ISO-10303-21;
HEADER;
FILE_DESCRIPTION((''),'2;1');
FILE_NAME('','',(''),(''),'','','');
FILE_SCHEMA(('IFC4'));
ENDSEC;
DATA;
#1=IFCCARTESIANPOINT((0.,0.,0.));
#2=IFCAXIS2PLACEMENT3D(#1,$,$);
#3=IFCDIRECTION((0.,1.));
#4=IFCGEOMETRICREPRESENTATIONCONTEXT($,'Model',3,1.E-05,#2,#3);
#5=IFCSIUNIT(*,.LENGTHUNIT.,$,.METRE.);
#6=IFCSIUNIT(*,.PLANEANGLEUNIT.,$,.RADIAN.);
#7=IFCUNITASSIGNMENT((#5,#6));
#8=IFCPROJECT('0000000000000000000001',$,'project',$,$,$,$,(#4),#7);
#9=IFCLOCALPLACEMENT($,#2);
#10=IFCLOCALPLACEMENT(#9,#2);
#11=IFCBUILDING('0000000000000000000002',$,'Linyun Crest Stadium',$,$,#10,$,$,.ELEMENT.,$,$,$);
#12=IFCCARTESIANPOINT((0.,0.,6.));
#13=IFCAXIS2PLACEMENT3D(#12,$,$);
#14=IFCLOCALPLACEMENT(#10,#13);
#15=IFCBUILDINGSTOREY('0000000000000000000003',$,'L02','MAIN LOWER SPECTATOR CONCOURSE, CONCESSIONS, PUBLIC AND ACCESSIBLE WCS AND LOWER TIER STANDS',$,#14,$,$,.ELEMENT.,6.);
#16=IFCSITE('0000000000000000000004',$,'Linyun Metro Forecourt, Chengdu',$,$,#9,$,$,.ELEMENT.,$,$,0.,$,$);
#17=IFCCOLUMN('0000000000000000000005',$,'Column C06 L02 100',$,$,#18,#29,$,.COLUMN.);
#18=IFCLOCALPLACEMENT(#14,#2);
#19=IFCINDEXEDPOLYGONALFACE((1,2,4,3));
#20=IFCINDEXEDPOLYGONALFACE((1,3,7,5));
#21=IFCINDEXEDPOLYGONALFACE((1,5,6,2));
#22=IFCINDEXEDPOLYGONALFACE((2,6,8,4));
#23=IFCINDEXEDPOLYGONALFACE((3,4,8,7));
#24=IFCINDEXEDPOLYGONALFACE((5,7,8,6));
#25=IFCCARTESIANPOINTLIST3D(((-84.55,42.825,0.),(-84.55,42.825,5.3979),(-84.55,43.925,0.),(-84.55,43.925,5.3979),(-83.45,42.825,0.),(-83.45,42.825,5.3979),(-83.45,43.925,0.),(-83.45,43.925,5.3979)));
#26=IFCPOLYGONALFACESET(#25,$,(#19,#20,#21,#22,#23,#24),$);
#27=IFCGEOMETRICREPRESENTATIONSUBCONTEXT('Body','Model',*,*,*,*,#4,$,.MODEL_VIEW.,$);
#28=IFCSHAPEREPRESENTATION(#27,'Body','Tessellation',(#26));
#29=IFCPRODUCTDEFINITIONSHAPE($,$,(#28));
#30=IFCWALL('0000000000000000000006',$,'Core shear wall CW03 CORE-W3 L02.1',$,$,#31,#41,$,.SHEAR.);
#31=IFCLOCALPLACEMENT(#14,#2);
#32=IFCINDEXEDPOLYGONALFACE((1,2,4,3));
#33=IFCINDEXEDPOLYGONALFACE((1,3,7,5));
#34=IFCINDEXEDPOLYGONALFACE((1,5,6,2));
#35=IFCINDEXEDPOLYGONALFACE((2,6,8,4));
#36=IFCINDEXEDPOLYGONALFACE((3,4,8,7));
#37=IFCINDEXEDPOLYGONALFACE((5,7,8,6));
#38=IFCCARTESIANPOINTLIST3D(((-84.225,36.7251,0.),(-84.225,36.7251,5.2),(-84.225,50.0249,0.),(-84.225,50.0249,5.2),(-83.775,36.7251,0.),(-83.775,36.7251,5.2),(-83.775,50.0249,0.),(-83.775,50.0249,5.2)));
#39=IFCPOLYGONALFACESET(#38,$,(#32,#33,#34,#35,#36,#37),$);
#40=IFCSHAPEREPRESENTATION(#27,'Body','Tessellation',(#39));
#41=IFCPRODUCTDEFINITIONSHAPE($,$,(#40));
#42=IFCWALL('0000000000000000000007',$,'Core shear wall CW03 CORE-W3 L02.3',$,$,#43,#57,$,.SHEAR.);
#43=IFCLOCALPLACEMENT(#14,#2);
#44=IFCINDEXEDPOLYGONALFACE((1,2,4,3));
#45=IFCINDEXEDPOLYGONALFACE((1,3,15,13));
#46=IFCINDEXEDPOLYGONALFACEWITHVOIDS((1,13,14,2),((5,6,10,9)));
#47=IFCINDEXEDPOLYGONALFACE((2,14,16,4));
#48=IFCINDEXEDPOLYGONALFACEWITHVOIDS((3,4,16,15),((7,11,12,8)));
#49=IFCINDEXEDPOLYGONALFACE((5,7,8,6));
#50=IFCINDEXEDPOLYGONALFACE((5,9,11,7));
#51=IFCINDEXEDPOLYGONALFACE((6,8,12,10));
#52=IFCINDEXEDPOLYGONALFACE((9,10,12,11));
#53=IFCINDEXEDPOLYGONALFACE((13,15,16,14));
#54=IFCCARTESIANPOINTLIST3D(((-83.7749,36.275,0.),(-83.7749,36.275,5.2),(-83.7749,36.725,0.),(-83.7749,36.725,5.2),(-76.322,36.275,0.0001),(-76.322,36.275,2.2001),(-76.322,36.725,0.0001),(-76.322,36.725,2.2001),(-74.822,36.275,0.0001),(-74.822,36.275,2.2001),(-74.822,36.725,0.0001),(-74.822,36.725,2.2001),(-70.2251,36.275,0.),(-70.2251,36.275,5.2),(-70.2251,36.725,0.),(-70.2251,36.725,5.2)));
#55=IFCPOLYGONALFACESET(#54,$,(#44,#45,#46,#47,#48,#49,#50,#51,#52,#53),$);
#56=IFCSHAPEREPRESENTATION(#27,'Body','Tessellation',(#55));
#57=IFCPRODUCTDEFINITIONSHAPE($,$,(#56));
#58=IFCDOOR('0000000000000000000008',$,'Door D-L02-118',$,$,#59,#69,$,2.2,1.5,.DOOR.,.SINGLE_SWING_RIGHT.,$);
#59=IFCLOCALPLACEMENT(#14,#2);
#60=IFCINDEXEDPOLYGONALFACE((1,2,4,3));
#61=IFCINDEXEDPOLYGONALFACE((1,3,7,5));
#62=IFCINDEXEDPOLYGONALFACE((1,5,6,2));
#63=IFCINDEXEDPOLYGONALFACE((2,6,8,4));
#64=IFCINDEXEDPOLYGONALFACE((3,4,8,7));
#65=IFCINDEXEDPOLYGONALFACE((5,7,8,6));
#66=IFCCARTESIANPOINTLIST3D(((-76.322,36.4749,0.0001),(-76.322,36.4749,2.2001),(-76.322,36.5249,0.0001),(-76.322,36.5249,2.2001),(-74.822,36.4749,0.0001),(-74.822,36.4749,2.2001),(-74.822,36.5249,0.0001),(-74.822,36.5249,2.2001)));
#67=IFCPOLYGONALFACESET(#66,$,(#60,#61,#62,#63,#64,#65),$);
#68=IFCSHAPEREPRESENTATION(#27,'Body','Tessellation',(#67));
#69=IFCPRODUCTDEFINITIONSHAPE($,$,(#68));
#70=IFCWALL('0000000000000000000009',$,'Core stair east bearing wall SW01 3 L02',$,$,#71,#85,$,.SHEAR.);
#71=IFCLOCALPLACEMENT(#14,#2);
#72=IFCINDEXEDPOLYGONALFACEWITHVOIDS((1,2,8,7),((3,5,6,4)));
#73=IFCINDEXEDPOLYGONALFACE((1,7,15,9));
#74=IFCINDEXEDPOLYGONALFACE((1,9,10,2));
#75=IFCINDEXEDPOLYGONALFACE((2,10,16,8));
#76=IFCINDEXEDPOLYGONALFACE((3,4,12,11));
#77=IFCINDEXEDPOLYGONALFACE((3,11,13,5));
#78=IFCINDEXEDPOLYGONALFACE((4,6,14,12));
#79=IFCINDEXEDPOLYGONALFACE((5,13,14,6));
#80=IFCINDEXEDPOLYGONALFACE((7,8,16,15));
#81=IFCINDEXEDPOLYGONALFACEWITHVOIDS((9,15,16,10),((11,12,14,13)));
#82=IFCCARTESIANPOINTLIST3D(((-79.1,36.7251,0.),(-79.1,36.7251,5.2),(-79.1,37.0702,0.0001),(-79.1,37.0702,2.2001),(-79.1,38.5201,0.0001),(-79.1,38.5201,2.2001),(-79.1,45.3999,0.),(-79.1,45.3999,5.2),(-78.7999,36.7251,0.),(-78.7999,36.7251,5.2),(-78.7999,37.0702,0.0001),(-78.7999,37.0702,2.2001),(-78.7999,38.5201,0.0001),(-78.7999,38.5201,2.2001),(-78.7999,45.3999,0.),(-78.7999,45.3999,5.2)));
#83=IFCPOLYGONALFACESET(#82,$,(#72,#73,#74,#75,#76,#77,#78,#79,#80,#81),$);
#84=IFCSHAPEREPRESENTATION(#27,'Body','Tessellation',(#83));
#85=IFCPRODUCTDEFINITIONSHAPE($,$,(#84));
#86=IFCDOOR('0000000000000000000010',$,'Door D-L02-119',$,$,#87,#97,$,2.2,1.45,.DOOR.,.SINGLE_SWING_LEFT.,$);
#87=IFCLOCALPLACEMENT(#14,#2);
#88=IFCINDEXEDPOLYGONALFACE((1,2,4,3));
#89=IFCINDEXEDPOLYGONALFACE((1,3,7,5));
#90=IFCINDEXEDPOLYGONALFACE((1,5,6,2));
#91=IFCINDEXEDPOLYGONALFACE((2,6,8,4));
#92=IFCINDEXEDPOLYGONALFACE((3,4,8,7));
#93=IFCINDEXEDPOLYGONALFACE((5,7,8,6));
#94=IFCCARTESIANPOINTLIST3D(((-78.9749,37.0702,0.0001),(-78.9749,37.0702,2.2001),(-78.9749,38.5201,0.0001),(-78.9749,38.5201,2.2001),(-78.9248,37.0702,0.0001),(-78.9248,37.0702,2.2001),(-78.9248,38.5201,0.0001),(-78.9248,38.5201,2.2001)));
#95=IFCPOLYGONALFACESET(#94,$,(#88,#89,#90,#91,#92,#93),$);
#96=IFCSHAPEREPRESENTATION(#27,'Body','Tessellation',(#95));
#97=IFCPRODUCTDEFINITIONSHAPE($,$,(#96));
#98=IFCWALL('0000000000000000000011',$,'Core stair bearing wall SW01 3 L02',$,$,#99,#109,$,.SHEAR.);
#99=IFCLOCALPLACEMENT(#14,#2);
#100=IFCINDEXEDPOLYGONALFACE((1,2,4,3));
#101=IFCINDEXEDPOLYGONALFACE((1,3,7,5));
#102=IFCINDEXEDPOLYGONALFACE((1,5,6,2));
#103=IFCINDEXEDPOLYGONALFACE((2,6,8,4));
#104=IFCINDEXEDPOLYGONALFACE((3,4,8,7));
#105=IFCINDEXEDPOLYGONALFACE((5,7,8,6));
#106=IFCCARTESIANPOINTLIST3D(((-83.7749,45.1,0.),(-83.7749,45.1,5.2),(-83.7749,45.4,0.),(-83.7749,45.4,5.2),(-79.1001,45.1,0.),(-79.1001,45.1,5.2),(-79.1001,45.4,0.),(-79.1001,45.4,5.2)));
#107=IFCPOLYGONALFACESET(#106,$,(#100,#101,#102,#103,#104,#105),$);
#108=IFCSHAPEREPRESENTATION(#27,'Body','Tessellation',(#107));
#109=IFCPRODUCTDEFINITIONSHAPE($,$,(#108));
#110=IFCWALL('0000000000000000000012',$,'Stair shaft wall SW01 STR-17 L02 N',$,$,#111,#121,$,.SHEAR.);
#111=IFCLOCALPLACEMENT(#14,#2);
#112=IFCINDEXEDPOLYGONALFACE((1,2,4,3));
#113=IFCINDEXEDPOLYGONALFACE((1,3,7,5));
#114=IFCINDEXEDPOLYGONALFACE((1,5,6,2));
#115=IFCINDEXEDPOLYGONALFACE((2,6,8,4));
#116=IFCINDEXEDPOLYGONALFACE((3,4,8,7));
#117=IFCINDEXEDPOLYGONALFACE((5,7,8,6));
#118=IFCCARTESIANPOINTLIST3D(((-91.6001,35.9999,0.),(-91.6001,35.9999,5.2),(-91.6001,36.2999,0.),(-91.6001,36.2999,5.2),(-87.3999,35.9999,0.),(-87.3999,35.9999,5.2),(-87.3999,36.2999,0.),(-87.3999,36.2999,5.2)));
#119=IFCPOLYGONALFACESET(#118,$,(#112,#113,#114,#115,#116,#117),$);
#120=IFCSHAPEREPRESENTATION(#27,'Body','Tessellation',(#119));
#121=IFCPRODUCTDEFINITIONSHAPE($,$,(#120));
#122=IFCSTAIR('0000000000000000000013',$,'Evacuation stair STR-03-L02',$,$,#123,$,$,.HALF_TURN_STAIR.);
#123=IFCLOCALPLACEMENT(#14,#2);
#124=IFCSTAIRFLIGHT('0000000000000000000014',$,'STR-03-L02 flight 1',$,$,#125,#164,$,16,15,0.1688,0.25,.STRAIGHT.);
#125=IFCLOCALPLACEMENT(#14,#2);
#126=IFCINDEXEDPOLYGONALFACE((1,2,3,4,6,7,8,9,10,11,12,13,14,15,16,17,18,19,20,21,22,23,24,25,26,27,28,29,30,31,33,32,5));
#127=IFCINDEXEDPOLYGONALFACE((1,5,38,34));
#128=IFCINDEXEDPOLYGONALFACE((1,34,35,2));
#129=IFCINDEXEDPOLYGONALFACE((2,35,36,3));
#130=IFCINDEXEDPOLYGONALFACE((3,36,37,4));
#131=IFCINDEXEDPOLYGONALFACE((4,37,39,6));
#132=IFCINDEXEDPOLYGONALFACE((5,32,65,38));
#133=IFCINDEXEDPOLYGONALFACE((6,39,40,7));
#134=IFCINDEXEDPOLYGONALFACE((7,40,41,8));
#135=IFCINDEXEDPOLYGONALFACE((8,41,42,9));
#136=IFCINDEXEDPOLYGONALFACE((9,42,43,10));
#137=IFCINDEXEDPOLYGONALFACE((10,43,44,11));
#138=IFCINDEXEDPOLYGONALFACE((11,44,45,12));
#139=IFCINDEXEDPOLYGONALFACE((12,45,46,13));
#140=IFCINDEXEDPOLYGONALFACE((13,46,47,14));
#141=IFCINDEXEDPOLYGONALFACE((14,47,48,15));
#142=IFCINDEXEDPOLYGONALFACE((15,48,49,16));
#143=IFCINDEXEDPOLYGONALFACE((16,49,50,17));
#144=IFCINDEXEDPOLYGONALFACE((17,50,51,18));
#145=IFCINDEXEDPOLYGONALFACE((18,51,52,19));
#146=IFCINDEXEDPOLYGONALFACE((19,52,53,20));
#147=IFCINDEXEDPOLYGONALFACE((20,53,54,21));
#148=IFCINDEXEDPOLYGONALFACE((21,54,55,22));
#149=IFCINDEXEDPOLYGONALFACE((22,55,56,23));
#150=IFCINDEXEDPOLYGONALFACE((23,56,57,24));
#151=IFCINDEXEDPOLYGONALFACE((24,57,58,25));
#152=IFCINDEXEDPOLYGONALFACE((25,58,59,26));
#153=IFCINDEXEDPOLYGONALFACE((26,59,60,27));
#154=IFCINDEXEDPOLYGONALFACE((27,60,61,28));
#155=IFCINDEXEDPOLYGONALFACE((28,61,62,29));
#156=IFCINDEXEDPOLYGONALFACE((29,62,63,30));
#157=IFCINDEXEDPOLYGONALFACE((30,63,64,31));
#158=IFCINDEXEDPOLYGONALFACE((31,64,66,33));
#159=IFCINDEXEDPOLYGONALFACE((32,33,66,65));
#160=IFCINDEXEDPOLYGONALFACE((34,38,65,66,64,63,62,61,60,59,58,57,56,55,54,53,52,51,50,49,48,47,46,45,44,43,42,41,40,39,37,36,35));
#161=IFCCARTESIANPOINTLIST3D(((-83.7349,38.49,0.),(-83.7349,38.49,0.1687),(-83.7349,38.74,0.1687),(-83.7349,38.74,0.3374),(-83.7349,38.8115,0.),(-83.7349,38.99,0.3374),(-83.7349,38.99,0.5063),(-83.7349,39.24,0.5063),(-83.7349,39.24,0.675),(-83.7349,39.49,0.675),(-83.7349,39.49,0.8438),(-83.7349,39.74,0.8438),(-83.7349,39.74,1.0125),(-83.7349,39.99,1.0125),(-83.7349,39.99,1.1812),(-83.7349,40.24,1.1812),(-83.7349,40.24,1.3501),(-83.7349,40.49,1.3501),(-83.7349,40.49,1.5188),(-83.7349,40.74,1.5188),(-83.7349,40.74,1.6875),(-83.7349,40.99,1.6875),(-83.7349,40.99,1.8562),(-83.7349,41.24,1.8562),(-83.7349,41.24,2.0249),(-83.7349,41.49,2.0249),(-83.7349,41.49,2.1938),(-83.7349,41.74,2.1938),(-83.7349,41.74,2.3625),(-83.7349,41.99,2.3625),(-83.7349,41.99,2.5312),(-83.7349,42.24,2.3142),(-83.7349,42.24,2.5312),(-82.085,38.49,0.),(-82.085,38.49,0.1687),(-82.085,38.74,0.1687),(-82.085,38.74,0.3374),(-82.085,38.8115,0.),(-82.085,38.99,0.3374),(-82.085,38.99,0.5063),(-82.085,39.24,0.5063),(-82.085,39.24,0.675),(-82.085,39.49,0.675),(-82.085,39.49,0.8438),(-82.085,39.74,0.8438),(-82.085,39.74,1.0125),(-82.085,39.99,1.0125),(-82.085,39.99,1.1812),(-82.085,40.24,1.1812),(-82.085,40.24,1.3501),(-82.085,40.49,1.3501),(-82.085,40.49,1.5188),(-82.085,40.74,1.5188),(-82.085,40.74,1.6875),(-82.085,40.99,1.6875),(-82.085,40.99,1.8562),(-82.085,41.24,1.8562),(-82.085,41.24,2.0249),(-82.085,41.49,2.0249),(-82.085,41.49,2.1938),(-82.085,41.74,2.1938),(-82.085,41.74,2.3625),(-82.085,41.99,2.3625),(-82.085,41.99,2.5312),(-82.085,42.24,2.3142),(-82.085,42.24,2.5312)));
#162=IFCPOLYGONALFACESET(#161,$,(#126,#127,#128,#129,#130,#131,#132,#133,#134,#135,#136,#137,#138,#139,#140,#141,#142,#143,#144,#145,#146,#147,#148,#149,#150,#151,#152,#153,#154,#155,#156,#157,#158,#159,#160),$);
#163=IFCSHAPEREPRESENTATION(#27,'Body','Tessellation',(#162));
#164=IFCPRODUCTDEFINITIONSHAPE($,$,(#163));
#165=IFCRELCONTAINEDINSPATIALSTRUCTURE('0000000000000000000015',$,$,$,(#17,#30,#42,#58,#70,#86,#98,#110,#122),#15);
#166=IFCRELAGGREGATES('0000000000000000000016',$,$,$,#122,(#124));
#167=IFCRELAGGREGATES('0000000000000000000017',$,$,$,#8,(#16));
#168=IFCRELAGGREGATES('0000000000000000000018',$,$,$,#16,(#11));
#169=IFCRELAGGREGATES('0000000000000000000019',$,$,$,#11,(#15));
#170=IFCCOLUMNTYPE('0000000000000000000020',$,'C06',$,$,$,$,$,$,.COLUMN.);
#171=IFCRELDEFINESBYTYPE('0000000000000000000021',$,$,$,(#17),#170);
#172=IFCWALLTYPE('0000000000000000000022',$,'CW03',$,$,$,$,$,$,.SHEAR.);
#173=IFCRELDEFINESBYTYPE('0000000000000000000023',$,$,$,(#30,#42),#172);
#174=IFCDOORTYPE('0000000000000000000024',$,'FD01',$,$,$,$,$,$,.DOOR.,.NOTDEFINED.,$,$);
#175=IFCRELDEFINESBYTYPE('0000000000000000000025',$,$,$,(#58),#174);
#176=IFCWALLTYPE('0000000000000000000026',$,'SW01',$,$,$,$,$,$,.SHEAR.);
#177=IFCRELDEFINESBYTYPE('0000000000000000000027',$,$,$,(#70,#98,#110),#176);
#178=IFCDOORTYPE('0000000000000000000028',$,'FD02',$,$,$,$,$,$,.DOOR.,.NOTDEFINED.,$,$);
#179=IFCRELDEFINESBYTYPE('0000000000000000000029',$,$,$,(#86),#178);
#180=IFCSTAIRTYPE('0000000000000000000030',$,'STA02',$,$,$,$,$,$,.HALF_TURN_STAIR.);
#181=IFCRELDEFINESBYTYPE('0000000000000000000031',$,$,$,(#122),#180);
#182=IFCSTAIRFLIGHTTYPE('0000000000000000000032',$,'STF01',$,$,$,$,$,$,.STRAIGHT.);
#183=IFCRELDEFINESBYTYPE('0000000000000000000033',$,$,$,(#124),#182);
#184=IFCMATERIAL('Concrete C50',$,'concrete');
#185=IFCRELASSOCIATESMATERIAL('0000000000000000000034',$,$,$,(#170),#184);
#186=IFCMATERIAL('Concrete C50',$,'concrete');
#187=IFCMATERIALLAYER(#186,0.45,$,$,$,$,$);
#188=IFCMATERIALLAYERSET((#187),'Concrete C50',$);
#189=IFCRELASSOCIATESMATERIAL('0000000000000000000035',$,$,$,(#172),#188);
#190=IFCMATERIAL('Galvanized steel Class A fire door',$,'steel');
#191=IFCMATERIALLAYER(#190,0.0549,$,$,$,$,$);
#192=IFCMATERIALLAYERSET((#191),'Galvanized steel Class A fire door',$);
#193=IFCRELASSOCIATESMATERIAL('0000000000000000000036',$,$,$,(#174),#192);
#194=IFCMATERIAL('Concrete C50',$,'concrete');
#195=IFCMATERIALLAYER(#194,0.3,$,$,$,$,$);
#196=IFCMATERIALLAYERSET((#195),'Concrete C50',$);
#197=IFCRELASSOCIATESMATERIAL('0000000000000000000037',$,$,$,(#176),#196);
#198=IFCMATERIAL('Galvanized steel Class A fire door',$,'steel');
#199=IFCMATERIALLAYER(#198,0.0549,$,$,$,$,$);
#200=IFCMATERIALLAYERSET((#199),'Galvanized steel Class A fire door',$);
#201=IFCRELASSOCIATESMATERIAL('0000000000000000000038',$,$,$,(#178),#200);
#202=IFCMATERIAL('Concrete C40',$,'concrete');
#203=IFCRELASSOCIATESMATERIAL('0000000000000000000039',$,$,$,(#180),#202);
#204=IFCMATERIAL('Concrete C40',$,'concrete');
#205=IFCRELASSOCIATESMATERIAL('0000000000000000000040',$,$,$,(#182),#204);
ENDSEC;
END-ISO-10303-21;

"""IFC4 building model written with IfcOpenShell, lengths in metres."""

from ifc_helpers import new_model, si_unit, direction, frame, frame_2d, origin, origin_2d, place, context, subcontext, project, spatial, polyline, rectangle, outline, extrude, material, layer, layer_set, material_profile, profile_set, type_object, element, fill, aggregate, save


model = new_model("IFC4")

# Units and contexts
model_context = context("Model", 3, precision=1e-05, world=origin(), true_north=direction((0.0, 1.0)))
body_context = subcontext(model_context, "Body", "Model", "MODEL_VIEW")
ifc_project = project(units=[si_unit("LENGTHUNIT", "METRE"), si_unit("PLANEANGLEUNIT", "RADIAN")], contexts=[model_context])

# Site, building, storey
site_placement = place(None, origin())
site = spatial("IfcSite", under=ifc_project, at=site_placement, Name="Linyun Metro Forecourt, Chengdu", CompositionType="ELEMENT", RefElevation=0.0)
building_placement = place(site_placement, origin())
building = spatial("IfcBuilding", under=site, at=building_placement, Name="Linyun Crest Stadium", CompositionType="ELEMENT")
storey_placement = place(building_placement, frame((0.0, 0.0, 6.0)))
storey = spatial("IfcBuildingStorey", under=building, at=storey_placement, Name="L02", Description="MAIN LOWER SPECTATOR CONCOURSE, CONCESSIONS, PUBLIC AND ACCESSIBLE WCS AND LOWER TIER STANDS", CompositionType="ELEMENT", Elevation=6.0)

# Column
ifc_material_1 = material(Name="Concrete C50", Category="concrete")
ifc_material_profile = material_profile(ifc_material_1, rectangle(XDim=1.1001, YDim=1.1001, at=origin_2d()), Name="RC 1100x1100")
ifc_profile_set = profile_set([ifc_material_profile], Name="Concrete C50")
column_type = type_object("IfcColumnType", Name="C06", PredefinedType="COLUMN", material=ifc_profile_set)
column_placement = place(storey_placement, frame((-84.0, 43.375, 0.0), z_axis=(0.0, 0.0, 1.0), x_axis=(1.0, 0.0, 0.0)))
element("IfcColumn", 1, at=column_placement, inside=storey, type_object=column_type, Name="Column C06 L02 100", PredefinedType="COLUMN", context=body_context, shape_type="SweptSolid", body=[
    extrude(rectangle(XDim=1.1001, YDim=1.1001, at=origin_2d()), origin(), (0.0, 0.0, 1.0), 5.3979),
])

# Wall
ifc_material_2 = material(Name="Concrete C50", Category="concrete")
ifc_layer_1 = layer(ifc_material_2, 0.45)
ifc_layer_set_1 = layer_set([ifc_layer_1], Name="Concrete C50")
wall_type_1 = type_object("IfcWallType", Name="CW03", PredefinedType="SHEAR", material=ifc_layer_set_1)
wall_1_placement = place(storey_placement, frame((-84.0, 36.7251, 0.0), z_axis=(0.0, 0.0, 1.0), x_axis=(0.0, 1.0, 0.0)))
element("IfcWall", 2, at=wall_1_placement, inside=storey, type_object=wall_type_1, Name="Core shear wall CW03 CORE-W3 L02.1", PredefinedType="SHEAR", context=body_context, shape_type="SweptSolid", body=[
    extrude(rectangle(XDim=13.2998, YDim=0.45, at=frame_2d((6.6499, 0.0))), origin(), (0.0, 0.0, 1.0), 5.2),
])

# Walls, openings, doors
wall_2_placement = place(storey_placement, frame((-83.7749, 36.5, 0.0), z_axis=(0.0, 0.0, 1.0), x_axis=(1.0, 0.0, 0.0)))
wall_2 = element("IfcWall", 3, at=wall_2_placement, inside=storey, type_object=wall_type_1, Name="Core shear wall CW03 CORE-W3 L02.3", PredefinedType="SHEAR", context=body_context, shape_type="SweptSolid", body=[
    extrude(rectangle(XDim=13.5498, YDim=0.45, at=frame_2d((6.7749, 0.0))), origin(), (0.0, 0.0, 1.0), 5.2),
])
opening_1_placement = place(wall_2_placement, frame((7.4529, 0.0, 0.0)))
opening_1 = element("IfcOpeningElement", 4, at=opening_1_placement, cuts=wall_2, PredefinedType="OPENING", context=body_context, shape_type="SweptSolid", body=[
    extrude(rectangle(XDim=1.5, YDim=2.2, at=frame_2d((0.75, 1.1001))), frame((0.0, 0.2349, 0.0), z_axis=(0.0, -1.0, 0.0), x_axis=(1.0, 0.0, 0.0)), (0.0, 0.0, 1.0), 0.47),
])
ifc_material_3 = material(Name="Galvanized steel Class A fire door", Category="steel")
ifc_layer_2 = layer(ifc_material_3, 0.0549)
ifc_layer_set_2 = layer_set([ifc_layer_2], Name="Galvanized steel Class A fire door")
door_type_1 = type_object("IfcDoorType", Name="FD01", OperationType="NOTDEFINED", PredefinedType="DOOR", material=ifc_layer_set_2)
door_1_placement = place(opening_1_placement, origin())
door_1 = element("IfcDoor", 5, at=door_1_placement, inside=storey, type_object=door_type_1, Name="Door D-L02-118", OperationType="SINGLE_SWING_RIGHT", OverallHeight=2.2, OverallWidth=1.5, PredefinedType="DOOR", context=body_context, shape_type="SweptSolid", body=[
    extrude(rectangle(XDim=1.5, YDim=2.2, at=frame_2d((0.75, 1.1001))), frame((0.0, 0.0249, 0.0), z_axis=(0.0, -1.0, 0.0), x_axis=(1.0, 0.0, 0.0)), (0.0, 0.0, 1.0), 0.05),
])
fill(opening_1, door_1)
ifc_material_4 = material(Name="Concrete C50", Category="concrete")
ifc_layer_3 = layer(ifc_material_4, 0.3)
ifc_layer_set_3 = layer_set([ifc_layer_3], Name="Concrete C50")
wall_type_2 = type_object("IfcWallType", Name="SW01", PredefinedType="SHEAR", material=ifc_layer_set_3)
wall_3_placement = place(storey_placement, frame((-78.95, 36.7251, 0.0), z_axis=(0.0, 0.0, 1.0), x_axis=(0.0, 1.0, 0.0)))
wall_3 = element("IfcWall", 6, at=wall_3_placement, inside=storey, type_object=wall_type_2, Name="Core stair east bearing wall SW01 3 L02", PredefinedType="SHEAR", context=body_context, shape_type="SweptSolid", body=[
    extrude(rectangle(XDim=8.6748, YDim=0.3, at=frame_2d((4.3374, 0.0))), origin(), (0.0, 0.0, 1.0), 5.2),
])
opening_2_placement = place(wall_3_placement, frame((0.345, 0.0, 0.0)))
opening_2 = element("IfcOpeningElement", 7, at=opening_2_placement, cuts=wall_3, PredefinedType="OPENING", context=body_context, shape_type="SweptSolid", body=[
    extrude(rectangle(XDim=1.45, YDim=2.2, at=frame_2d((0.7251, 1.1001))), frame((0.0, 0.1599, 0.0), z_axis=(0.0, -1.0, 0.0), x_axis=(1.0, 0.0, 0.0)), (0.0, 0.0, 1.0), 0.3201),
])
ifc_material_5 = material(Name="Galvanized steel Class A fire door", Category="steel")
ifc_layer_4 = layer(ifc_material_5, 0.0549)
ifc_layer_set_4 = layer_set([ifc_layer_4], Name="Galvanized steel Class A fire door")
door_type_2 = type_object("IfcDoorType", Name="FD02", OperationType="NOTDEFINED", PredefinedType="DOOR", material=ifc_layer_set_4)
door_2_placement = place(opening_2_placement, origin())
door_2 = element("IfcDoor", 8, at=door_2_placement, inside=storey, type_object=door_type_2, Name="Door D-L02-119", OperationType="SINGLE_SWING_LEFT", OverallHeight=2.2, OverallWidth=1.45, PredefinedType="DOOR", context=body_context, shape_type="SweptSolid", body=[
    extrude(rectangle(XDim=1.45, YDim=2.2, at=frame_2d((0.7251, 1.1001))), frame((0.0, 0.0249, 0.0), z_axis=(0.0, -1.0, 0.0), x_axis=(1.0, 0.0, 0.0)), (0.0, 0.0, 1.0), 0.05),
])
fill(opening_2, door_2)

# Walls
wall_4_placement = place(storey_placement, frame((-83.7749, 45.25, 0.0), z_axis=(0.0, 0.0, 1.0), x_axis=(1.0, 0.0, 0.0)))
element("IfcWall", 9, at=wall_4_placement, inside=storey, type_object=wall_type_2, Name="Core stair bearing wall SW01 3 L02", PredefinedType="SHEAR", context=body_context, shape_type="SweptSolid", body=[
    extrude(rectangle(XDim=4.6748, YDim=0.3, at=frame_2d((2.3374, 0.0))), origin(), (0.0, 0.0, 1.0), 5.2),
])
wall_5_placement = place(storey_placement, frame((-91.6001, 36.1499, 0.0), z_axis=(0.0, 0.0, 1.0), x_axis=(1.0, 0.0, 0.0)))
element("IfcWall", 10, at=wall_5_placement, inside=storey, type_object=wall_type_2, Name="Stair shaft wall SW01 STR-17 L02 N", PredefinedType="SHEAR", context=body_context, shape_type="SweptSolid", body=[
    extrude(rectangle(XDim=4.2002, YDim=0.3, at=frame_2d((2.1001, 0.0))), origin(), (0.0, 0.0, 1.0), 5.2),
])

# Stair, stair flight
ifc_material_6 = material(Name="Concrete C40", Category="concrete")
stair_type = type_object("IfcStairType", Name="STA02", PredefinedType="HALF_TURN_STAIR", material=ifc_material_6)
stair_1_placement = place(storey_placement, origin())
stair_1 = element("IfcStair", 11, at=stair_1_placement, inside=storey, type_object=stair_type, Name="Evacuation stair STR-03-L02", PredefinedType="HALF_TURN_STAIR")
ifc_material_7 = material(Name="Concrete C40", Category="concrete")
stair_flight_type_1 = type_object("IfcStairFlightType", Name="STF01", PredefinedType="STRAIGHT", material=ifc_material_7)
stair_flight_1_placement = place(storey_placement, frame((-82.9099, 38.49, 0.0), z_axis=(0.0, 0.0, 1.0), x_axis=(0.0, 1.0, 0.0)))
stair_flight_1 = element("IfcStairFlight", 12, at=stair_flight_1_placement, type_object=stair_flight_type_1, Name="STR-03-L02 flight 1", NumberOfRisers=16, NumberOfTreads=15, PredefinedType="STRAIGHT", RiserHeight=0.1688, TreadLength=0.25, context=body_context, shape_type="SweptSolid", body=[
    extrude(outline(polyline([(0.0, 0.0), (0.0, 0.1687), (0.25, 0.1687), (0.25, 0.3374), (0.5, 0.3374), (0.5, 0.5063), (0.75, 0.5063), (0.75, 0.675), (1.0, 0.675), (1.0, 0.8438), (1.25, 0.8438), (1.25, 1.0125), (1.5, 1.0125), (1.5, 1.1812), (1.75, 1.1812), (1.75, 1.3501), (2.0, 1.3501), (2.0, 1.5188), (2.25, 1.5188), (2.25, 1.6875), (2.5, 1.6875), (2.5, 1.8562), (2.75, 1.8562), (2.75, 2.0249), (3.0, 2.0249), (3.0, 2.1938), (3.25, 2.1938), (3.25, 2.3625), (3.5, 2.3625), (3.5, 2.5312), (3.75, 2.5312), (3.75, 2.7), (3.75, 2.3142), (0.3215, 0.0), (0.0, 0.0)])), frame((0.0, 0.825, 0.0), z_axis=(0.0, -1.0, 0.0), x_axis=(1.0, 0.0, 0.0)), (0.0, 0.0, 1.0), 1.6499),
])
aggregate(stair_1, [stair_flight_1])

save(model, "model.ifc")
